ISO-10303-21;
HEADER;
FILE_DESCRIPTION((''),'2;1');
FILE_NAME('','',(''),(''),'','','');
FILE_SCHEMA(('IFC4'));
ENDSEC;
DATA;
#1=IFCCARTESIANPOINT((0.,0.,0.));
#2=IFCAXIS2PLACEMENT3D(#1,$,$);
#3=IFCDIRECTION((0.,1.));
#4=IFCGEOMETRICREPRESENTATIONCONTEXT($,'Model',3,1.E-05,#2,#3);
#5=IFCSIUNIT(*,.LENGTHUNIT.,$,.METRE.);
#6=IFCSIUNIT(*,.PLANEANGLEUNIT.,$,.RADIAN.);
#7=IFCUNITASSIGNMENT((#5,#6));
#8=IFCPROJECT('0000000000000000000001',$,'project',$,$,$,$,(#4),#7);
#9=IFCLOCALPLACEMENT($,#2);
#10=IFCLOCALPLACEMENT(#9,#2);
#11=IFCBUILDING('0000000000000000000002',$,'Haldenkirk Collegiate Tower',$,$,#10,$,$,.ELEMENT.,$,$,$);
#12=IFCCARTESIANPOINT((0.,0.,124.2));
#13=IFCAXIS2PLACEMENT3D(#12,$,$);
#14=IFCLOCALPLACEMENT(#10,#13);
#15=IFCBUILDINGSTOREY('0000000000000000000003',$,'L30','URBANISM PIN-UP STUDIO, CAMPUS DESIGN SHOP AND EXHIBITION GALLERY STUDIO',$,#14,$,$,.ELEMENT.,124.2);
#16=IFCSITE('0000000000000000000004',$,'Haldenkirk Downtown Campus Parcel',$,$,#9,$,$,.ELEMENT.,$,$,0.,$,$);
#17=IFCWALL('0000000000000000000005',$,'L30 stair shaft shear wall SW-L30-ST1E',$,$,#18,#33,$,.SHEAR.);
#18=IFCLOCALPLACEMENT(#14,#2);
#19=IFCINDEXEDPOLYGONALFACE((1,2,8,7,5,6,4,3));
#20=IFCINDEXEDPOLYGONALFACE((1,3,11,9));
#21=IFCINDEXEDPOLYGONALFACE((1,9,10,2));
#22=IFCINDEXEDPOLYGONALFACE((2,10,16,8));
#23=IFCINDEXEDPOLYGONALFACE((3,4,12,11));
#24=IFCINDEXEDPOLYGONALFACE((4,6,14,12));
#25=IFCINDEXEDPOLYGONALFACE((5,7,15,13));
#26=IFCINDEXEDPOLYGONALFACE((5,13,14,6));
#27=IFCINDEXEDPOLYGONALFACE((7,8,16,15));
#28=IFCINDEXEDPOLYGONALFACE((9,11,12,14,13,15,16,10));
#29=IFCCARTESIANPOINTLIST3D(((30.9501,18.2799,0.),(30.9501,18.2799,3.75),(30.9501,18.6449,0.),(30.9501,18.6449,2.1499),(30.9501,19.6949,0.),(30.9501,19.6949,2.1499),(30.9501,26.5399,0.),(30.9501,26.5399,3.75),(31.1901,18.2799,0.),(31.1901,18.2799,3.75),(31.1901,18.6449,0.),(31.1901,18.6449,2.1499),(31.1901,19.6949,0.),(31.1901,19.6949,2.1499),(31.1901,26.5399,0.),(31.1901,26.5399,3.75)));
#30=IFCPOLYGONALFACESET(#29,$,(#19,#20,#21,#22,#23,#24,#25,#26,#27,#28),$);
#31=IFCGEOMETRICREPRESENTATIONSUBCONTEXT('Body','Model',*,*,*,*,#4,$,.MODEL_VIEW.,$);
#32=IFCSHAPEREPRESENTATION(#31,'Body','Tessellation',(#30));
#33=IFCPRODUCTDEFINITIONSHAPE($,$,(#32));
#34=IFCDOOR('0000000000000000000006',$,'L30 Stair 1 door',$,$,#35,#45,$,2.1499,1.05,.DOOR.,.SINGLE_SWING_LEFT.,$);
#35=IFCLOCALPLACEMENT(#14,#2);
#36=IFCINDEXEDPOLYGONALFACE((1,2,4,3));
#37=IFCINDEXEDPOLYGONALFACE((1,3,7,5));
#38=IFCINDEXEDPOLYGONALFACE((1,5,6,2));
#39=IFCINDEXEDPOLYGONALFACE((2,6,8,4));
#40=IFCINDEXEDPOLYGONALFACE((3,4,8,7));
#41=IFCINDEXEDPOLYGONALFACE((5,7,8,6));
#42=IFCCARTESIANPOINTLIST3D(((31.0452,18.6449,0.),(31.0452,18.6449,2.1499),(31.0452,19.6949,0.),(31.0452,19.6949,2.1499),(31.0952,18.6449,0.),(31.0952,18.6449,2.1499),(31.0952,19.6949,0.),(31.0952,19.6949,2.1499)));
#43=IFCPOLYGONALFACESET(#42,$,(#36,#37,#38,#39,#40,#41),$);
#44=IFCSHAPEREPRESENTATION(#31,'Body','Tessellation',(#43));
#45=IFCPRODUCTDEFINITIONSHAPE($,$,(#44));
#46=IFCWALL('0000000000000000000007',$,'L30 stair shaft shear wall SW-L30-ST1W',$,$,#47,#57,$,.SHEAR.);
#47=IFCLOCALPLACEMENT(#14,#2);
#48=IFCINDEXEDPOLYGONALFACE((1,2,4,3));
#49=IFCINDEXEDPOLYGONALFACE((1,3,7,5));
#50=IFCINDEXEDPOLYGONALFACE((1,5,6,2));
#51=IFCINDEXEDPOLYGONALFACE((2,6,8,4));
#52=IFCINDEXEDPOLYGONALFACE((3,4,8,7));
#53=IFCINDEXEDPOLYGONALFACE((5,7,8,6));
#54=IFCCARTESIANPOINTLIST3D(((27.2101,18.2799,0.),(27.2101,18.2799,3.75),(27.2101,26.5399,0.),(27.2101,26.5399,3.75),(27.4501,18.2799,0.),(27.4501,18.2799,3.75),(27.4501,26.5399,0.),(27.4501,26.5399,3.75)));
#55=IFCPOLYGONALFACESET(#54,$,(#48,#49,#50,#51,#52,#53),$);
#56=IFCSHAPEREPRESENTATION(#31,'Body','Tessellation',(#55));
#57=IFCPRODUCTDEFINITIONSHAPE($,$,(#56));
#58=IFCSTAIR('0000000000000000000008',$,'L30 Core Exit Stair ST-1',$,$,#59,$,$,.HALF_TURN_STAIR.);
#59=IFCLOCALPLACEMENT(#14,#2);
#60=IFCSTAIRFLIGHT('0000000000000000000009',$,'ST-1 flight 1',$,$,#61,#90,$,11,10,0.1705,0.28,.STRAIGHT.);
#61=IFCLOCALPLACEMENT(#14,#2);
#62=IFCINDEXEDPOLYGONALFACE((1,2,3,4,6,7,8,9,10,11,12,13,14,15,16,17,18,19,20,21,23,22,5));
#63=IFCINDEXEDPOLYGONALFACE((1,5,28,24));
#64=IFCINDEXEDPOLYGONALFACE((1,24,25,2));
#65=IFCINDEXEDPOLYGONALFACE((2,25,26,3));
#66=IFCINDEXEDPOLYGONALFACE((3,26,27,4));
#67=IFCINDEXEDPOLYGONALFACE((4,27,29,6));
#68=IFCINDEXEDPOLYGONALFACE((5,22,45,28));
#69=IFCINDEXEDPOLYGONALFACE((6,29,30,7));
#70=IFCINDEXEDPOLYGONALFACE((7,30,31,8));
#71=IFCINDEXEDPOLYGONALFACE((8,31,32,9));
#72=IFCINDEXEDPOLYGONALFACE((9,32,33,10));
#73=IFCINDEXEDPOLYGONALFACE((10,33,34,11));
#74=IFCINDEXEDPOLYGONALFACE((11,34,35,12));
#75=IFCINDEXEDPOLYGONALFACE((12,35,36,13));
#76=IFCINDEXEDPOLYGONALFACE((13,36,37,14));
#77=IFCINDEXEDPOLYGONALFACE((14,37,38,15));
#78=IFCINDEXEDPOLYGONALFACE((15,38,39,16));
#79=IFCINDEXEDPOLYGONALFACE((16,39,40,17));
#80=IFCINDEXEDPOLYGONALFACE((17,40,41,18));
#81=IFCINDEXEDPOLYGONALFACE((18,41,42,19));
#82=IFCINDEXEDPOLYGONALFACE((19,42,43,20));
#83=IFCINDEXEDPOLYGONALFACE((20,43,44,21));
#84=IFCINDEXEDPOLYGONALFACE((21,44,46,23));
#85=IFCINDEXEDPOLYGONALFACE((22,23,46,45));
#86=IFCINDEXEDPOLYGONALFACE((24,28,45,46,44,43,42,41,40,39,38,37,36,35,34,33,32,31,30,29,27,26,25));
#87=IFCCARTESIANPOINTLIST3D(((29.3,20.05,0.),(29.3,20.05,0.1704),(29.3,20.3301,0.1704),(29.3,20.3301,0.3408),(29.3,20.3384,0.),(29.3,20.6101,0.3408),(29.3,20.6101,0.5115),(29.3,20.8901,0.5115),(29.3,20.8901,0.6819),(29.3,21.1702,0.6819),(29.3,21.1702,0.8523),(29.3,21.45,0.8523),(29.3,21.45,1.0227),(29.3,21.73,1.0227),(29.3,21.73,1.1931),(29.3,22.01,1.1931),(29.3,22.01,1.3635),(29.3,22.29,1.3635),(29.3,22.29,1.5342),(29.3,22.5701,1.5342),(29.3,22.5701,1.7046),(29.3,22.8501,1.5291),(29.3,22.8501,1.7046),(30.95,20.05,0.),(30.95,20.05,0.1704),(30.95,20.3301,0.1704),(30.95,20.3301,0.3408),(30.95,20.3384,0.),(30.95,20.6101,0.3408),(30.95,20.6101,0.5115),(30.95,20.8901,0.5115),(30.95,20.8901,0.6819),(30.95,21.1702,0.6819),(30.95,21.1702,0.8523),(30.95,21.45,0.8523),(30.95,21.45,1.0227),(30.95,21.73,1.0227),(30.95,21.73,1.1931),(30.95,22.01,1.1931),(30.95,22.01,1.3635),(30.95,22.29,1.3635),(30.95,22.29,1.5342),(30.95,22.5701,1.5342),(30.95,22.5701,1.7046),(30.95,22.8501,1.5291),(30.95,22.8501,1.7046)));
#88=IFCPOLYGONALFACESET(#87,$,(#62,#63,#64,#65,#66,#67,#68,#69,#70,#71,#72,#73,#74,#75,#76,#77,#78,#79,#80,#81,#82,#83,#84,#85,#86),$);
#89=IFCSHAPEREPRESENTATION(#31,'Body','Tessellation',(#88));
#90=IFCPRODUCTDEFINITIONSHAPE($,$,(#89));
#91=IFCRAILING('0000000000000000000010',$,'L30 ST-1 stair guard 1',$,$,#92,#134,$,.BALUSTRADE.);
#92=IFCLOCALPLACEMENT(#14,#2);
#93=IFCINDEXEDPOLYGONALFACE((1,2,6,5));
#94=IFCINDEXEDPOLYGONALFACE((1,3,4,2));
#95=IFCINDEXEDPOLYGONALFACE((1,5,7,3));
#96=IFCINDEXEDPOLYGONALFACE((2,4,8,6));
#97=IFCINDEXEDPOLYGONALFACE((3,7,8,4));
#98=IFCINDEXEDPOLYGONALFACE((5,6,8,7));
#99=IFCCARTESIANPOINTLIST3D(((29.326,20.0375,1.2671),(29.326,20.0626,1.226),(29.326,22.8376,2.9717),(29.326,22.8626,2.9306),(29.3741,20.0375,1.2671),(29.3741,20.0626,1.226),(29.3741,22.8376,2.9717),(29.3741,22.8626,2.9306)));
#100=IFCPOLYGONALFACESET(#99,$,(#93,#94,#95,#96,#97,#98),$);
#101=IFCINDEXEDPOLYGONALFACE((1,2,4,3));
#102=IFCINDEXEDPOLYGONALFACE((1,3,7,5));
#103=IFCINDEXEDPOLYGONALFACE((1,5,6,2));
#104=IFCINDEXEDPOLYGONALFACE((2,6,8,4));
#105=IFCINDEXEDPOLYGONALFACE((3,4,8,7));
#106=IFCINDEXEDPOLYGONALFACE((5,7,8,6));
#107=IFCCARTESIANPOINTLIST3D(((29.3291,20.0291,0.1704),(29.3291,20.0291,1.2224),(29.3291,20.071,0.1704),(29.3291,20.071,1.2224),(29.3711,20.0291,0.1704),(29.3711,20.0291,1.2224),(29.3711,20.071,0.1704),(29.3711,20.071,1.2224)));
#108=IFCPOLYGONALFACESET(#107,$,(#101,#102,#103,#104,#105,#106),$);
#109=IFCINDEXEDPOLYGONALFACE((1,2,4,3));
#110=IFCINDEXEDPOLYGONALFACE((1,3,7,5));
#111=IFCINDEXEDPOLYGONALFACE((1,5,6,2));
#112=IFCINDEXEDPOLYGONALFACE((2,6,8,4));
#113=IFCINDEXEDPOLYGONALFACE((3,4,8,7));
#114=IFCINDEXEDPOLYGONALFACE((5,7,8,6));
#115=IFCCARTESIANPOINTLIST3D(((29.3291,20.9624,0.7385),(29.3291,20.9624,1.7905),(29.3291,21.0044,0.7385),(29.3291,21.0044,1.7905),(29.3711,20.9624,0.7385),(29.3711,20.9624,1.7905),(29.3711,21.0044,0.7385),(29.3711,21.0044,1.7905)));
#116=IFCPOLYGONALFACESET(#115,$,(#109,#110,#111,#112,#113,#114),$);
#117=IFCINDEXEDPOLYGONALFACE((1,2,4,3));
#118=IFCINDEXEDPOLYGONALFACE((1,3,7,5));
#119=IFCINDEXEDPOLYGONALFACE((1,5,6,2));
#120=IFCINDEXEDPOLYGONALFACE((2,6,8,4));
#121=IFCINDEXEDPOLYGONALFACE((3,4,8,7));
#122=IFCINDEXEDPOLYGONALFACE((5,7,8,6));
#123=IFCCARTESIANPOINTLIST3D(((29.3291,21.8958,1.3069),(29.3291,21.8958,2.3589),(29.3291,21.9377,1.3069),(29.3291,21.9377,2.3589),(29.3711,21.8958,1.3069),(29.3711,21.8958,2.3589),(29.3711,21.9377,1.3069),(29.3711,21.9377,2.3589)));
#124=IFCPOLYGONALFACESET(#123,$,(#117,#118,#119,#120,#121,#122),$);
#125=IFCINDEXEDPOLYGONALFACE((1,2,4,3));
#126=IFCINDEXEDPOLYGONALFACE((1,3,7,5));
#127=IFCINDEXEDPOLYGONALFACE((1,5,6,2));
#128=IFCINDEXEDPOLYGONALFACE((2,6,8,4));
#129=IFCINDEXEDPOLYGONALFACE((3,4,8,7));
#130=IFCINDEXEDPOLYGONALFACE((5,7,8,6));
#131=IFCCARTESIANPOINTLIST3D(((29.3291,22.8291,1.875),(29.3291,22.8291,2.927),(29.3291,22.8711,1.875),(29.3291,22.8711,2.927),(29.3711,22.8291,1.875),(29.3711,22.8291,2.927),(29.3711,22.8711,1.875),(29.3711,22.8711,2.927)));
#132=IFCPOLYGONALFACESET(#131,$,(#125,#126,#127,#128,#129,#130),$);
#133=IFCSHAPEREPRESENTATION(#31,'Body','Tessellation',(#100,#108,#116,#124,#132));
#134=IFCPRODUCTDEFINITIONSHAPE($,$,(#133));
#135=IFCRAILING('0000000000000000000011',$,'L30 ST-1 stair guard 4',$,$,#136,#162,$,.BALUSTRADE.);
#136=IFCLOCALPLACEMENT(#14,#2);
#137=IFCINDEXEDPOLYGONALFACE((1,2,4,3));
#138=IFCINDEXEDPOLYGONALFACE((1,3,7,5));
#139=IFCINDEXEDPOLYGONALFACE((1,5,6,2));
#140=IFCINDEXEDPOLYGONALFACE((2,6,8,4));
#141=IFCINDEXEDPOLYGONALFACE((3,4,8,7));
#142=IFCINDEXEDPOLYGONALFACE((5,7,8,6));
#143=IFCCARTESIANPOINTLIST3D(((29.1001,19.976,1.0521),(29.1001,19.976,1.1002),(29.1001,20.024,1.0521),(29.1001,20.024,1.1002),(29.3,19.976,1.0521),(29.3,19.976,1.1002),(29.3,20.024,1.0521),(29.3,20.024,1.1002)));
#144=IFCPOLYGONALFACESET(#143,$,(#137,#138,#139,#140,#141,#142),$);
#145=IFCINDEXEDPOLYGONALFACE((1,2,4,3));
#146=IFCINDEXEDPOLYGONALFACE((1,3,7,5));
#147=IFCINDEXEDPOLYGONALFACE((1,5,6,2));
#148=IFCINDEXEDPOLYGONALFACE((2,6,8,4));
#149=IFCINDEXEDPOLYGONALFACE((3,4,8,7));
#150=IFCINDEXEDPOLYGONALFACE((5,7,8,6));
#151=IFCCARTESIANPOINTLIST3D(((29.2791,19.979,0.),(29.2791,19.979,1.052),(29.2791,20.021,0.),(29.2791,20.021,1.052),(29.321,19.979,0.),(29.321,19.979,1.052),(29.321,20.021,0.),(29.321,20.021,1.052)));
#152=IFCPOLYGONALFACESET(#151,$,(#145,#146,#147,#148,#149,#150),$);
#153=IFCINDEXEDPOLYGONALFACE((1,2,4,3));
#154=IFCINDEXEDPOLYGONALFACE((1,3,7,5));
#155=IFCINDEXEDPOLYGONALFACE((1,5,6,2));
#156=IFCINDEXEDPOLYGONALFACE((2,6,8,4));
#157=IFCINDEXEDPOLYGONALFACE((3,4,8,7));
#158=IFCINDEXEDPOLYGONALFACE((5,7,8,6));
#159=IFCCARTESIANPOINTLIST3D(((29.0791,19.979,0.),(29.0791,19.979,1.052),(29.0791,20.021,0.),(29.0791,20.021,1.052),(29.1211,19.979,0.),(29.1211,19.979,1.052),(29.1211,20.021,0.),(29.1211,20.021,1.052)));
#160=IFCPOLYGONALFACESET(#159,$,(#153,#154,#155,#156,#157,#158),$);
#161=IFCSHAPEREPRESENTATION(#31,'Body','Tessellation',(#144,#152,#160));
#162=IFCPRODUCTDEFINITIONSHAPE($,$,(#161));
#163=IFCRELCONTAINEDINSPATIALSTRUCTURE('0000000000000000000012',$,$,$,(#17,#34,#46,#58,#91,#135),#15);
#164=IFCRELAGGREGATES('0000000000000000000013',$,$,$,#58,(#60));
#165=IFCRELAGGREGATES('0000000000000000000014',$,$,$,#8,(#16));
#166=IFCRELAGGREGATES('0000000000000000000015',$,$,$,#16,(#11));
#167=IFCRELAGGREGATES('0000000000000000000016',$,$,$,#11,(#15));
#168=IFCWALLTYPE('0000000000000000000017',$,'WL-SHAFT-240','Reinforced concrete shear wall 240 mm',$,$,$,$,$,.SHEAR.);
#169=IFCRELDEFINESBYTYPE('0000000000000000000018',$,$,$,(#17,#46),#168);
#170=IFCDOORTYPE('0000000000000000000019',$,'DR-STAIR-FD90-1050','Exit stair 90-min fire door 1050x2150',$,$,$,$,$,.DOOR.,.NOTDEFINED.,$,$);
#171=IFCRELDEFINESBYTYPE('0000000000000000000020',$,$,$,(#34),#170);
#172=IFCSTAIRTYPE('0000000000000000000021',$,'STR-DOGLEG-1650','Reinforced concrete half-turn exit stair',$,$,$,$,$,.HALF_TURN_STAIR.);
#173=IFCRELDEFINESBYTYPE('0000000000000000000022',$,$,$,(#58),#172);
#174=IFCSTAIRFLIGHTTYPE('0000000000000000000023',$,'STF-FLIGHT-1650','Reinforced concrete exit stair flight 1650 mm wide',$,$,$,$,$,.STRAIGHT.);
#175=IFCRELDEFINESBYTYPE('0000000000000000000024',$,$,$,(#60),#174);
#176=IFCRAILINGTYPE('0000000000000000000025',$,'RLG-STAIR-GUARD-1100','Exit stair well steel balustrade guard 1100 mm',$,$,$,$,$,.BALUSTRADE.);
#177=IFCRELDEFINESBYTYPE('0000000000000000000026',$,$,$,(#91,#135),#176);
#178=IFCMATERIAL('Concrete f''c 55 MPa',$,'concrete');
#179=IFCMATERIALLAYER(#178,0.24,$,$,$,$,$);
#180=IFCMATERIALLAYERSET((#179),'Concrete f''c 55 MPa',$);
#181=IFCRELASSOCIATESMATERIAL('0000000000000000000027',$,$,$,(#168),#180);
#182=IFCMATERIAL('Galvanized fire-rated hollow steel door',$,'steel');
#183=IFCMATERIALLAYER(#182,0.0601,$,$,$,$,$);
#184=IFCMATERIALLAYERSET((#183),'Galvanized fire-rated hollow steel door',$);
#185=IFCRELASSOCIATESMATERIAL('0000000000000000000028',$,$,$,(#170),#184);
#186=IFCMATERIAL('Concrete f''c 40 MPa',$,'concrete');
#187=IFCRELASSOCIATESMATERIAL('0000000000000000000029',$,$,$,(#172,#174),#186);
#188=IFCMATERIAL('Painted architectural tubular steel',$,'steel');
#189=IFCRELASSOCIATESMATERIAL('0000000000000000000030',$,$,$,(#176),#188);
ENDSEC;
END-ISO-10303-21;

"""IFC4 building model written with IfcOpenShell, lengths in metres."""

from ifc_helpers import new_model, si_unit, direction, frame, frame_2d, origin, origin_2d, place, context, subcontext, project, spatial, polyline, rectangle, outline, extrude, material, layer, layer_set, type_object, element, fill, aggregate, save


model = new_model("IFC4")

# Units and contexts
model_context = context("Model", 3, precision=1e-05, world=origin(), true_north=direction((0.0, 1.0)))
body_context = subcontext(model_context, "Body", "Model", "MODEL_VIEW")
ifc_project = project(units=[si_unit("LENGTHUNIT", "METRE"), si_unit("PLANEANGLEUNIT", "RADIAN")], contexts=[model_context])

# Site, building, storey
site_placement = place(None, origin())
site = spatial("IfcSite", under=ifc_project, at=site_placement, Name="Haldenkirk Downtown Campus Parcel", CompositionType="ELEMENT", RefElevation=0.0)
building_placement = place(site_placement, origin())
building = spatial("IfcBuilding", under=site, at=building_placement, Name="Haldenkirk Collegiate Tower", CompositionType="ELEMENT")
storey_placement = place(building_placement, frame((0.0, 0.0, 124.2)))
storey = spatial("IfcBuildingStorey", under=building, at=storey_placement, Name="L30", Description="URBANISM PIN-UP STUDIO, CAMPUS DESIGN SHOP AND EXHIBITION GALLERY STUDIO", CompositionType="ELEMENT", Elevation=124.2)

# Shared definitions
ifc_material_1 = material(Name="Galvanized fire-rated hollow steel door", Category="steel")

# Wall, opening, door
ifc_material_2 = material(Name="Concrete f'c 55 MPa", Category="concrete")
ifc_layer_1 = layer(ifc_material_2, 0.24)
ifc_layer_set_1 = layer_set([ifc_layer_1], Name="Concrete f'c 55 MPa")
wall_type_1 = type_object("IfcWallType", Name="WL-SHAFT-240", Description="Reinforced concrete shear wall 240 mm", PredefinedType="SHEAR", material=ifc_layer_set_1)
wall_1_placement = place(storey_placement, frame((31.0701, 18.28, 0.0), z_axis=(0.0, 0.0, 1.0), x_axis=(0.0, 1.0, 0.0)))
wall_1 = element("IfcWall", 1, at=wall_1_placement, inside=storey, type_object=wall_type_1, Name="L30 stair shaft shear wall SW-L30-ST1E", PredefinedType="SHEAR", context=body_context, shape_type="SweptSolid", body=[
    extrude(rectangle(XDim=8.26, YDim=0.24, at=frame_2d((4.1299, 0.0))), origin(), (0.0, 0.0, 1.0), 3.75),
])
opening_1_placement = place(wall_1_placement, frame((0.365, 0.0, 0.0)))
opening_1 = element("IfcOpeningElement", 2, at=opening_1_placement, cuts=wall_1, PredefinedType="OPENING", context=body_context, shape_type="SweptSolid", body=[
    extrude(rectangle(XDim=1.05, YDim=2.1499, at=frame_2d((0.5249, 1.075))), frame((0.0, 0.1299, 0.0), z_axis=(0.0, -1.0, 0.0), x_axis=(1.0, 0.0, 0.0)), (0.0, 0.0, 1.0), 0.26),
])
ifc_layer_2 = layer(ifc_material_1, 0.0601)
ifc_layer_set_2 = layer_set([ifc_layer_2], Name="Galvanized fire-rated hollow steel door")
door_type_1 = type_object("IfcDoorType", Name="DR-STAIR-FD90-1050", Description="Exit stair 90-min fire door 1050x2150", OperationType="NOTDEFINED", PredefinedType="DOOR", material=ifc_layer_set_2)
door_1_placement = place(opening_1_placement, origin())
door_1 = element("IfcDoor", 3, at=door_1_placement, inside=storey, type_object=door_type_1, Name="L30 Stair 1 door", OperationType="SINGLE_SWING_LEFT", OverallHeight=2.1499, OverallWidth=1.05, PredefinedType="DOOR", context=body_context, shape_type="SweptSolid", body=[
    extrude(rectangle(XDim=1.05, YDim=2.1499, at=frame_2d((0.5249, 1.075))), frame((0.0, 0.0249, 0.0), z_axis=(0.0, -1.0, 0.0), x_axis=(1.0, 0.0, 0.0)), (0.0, 0.0, 1.0), 0.05),
])
fill(opening_1, door_1)

# Wall
wall_2_placement = place(storey_placement, frame((27.3301, 18.28, 0.0), z_axis=(0.0, 0.0, 1.0), x_axis=(0.0, 1.0, 0.0)))
element("IfcWall", 4, at=wall_2_placement, inside=storey, type_object=wall_type_1, Name="L30 stair shaft shear wall SW-L30-ST1W", PredefinedType="SHEAR", context=body_context, shape_type="SweptSolid", body=[
    extrude(rectangle(XDim=8.26, YDim=0.24, at=frame_2d((4.1299, 0.0))), origin(), (0.0, 0.0, 1.0), 3.75),
])

# Stair, stair flight
ifc_material_3 = material(Name="Concrete f'c 40 MPa", Category="concrete")
stair_type = type_object("IfcStairType", Name="STR-DOGLEG-1650", Description="Reinforced concrete half-turn exit stair", PredefinedType="HALF_TURN_STAIR", material=ifc_material_3)
stair_placement = place(storey_placement, origin())
stair = element("IfcStair", 5, at=stair_placement, inside=storey, type_object=stair_type, Name="L30 Core Exit Stair ST-1", PredefinedType="HALF_TURN_STAIR")
stair_flight_type = type_object("IfcStairFlightType", Name="STF-FLIGHT-1650", Description="Reinforced concrete exit stair flight 1650 mm wide", PredefinedType="STRAIGHT", material=ifc_material_3)
stair_flight_placement = place(storey_placement, frame((30.125, 20.05, 0.0), z_axis=(0.0, 0.0, 1.0), x_axis=(0.0, 1.0, 0.0)))
stair_flight = element("IfcStairFlight", 6, at=stair_flight_placement, type_object=stair_flight_type, Name="ST-1 flight 1", NumberOfRisers=11, NumberOfTreads=10, PredefinedType="STRAIGHT", RiserHeight=0.1705, TreadLength=0.28, context=body_context, shape_type="SweptSolid", body=[
    extrude(outline(polyline([(0.0, 0.0), (0.0, 0.1704), (0.28, 0.1704), (0.28, 0.3408), (0.5601, 0.3408), (0.5601, 0.5115), (0.8401, 0.5115), (0.8401, 0.6819), (1.1201, 0.6819), (1.1201, 0.8523), (1.3999, 0.8523), (1.3999, 1.0227), (1.6799, 1.0227), (1.6799, 1.1931), (1.96, 1.1931), (1.96, 1.3635), (2.24, 1.3635), (2.24, 1.5342), (2.52, 1.5342), (2.52, 1.7046), (2.8, 1.7046), (2.8, 1.875), (2.8, 1.5291), (0.2883, 0.0), (0.0, 0.0)])), frame((0.0, 0.825, 0.0), z_axis=(0.0, -1.0, 0.0), x_axis=(1.0, 0.0, 0.0)), (0.0, 0.0, 1.0), 1.6499),
])
aggregate(stair, [stair_flight])

# Railings
ifc_material_4 = material(Name="Painted architectural tubular steel", Category="steel")
railing_type_1 = type_object("IfcRailingType", Name="RLG-STAIR-GUARD-1100", Description="Exit stair well steel balustrade guard 1100 mm", PredefinedType="BALUSTRADE", material=ifc_material_4)
railing_1_placement = place(storey_placement, frame((29.3501, 20.05, 0.1704)))
element("IfcRailing", 7, at=railing_1_placement, inside=storey, type_object=railing_type_1, Name="L30 ST-1 stair guard 1", PredefinedType="BALUSTRADE", context=body_context, shape_type="SweptSolid", body=[
    extrude(rectangle(XDim=0.0481, YDim=0.0481, at=origin_2d()), frame((0.0, 0.0, 1.0762), z_axis=(0.0, 0.85417, 0.519994), x_axis=(-1.0, 0.0, 0.0)), (0.0, 0.0, 1.0), 3.2781),
    extrude(rectangle(XDim=0.042, YDim=0.042, at=origin_2d()), origin(), (0.0, 0.0, 1.0), 1.052),
    extrude(rectangle(XDim=0.042, YDim=0.042, at=origin_2d()), frame((0.0, 0.9333, 0.5681)), (0.0, 0.0, 1.0), 1.052),
    extrude(rectangle(XDim=0.042, YDim=0.042, at=origin_2d()), frame((0.0, 1.8667, 1.1365)), (0.0, 0.0, 1.0), 1.052),
    extrude(rectangle(XDim=0.042, YDim=0.042, at=origin_2d()), frame((0.0, 2.8, 1.7046)), (0.0, 0.0, 1.0), 1.052),
])
railing_2_placement = place(storey_placement, frame((29.3, 20.0, 0.0)))
element("IfcRailing", 8, at=railing_2_placement, inside=storey, type_object=railing_type_1, Name="L30 ST-1 stair guard 4", PredefinedType="BALUSTRADE", context=body_context, shape_type="SweptSolid", body=[
    extrude(rectangle(XDim=0.0481, YDim=0.0481, at=origin_2d()), frame((0.0, 0.0, 1.0762), z_axis=(-1.0, 0.0, 0.0), x_axis=(0.0, -1.0, 0.0)), (0.0, 0.0, 1.0), 0.2),
    extrude(rectangle(XDim=0.042, YDim=0.042, at=origin_2d()), origin(), (0.0, 0.0, 1.0), 1.052),
    extrude(rectangle(XDim=0.042, YDim=0.042, at=origin_2d()), frame((-0.2, 0.0, 0.0)), (0.0, 0.0, 1.0), 1.052),
])

save(model, "model.ifc")
